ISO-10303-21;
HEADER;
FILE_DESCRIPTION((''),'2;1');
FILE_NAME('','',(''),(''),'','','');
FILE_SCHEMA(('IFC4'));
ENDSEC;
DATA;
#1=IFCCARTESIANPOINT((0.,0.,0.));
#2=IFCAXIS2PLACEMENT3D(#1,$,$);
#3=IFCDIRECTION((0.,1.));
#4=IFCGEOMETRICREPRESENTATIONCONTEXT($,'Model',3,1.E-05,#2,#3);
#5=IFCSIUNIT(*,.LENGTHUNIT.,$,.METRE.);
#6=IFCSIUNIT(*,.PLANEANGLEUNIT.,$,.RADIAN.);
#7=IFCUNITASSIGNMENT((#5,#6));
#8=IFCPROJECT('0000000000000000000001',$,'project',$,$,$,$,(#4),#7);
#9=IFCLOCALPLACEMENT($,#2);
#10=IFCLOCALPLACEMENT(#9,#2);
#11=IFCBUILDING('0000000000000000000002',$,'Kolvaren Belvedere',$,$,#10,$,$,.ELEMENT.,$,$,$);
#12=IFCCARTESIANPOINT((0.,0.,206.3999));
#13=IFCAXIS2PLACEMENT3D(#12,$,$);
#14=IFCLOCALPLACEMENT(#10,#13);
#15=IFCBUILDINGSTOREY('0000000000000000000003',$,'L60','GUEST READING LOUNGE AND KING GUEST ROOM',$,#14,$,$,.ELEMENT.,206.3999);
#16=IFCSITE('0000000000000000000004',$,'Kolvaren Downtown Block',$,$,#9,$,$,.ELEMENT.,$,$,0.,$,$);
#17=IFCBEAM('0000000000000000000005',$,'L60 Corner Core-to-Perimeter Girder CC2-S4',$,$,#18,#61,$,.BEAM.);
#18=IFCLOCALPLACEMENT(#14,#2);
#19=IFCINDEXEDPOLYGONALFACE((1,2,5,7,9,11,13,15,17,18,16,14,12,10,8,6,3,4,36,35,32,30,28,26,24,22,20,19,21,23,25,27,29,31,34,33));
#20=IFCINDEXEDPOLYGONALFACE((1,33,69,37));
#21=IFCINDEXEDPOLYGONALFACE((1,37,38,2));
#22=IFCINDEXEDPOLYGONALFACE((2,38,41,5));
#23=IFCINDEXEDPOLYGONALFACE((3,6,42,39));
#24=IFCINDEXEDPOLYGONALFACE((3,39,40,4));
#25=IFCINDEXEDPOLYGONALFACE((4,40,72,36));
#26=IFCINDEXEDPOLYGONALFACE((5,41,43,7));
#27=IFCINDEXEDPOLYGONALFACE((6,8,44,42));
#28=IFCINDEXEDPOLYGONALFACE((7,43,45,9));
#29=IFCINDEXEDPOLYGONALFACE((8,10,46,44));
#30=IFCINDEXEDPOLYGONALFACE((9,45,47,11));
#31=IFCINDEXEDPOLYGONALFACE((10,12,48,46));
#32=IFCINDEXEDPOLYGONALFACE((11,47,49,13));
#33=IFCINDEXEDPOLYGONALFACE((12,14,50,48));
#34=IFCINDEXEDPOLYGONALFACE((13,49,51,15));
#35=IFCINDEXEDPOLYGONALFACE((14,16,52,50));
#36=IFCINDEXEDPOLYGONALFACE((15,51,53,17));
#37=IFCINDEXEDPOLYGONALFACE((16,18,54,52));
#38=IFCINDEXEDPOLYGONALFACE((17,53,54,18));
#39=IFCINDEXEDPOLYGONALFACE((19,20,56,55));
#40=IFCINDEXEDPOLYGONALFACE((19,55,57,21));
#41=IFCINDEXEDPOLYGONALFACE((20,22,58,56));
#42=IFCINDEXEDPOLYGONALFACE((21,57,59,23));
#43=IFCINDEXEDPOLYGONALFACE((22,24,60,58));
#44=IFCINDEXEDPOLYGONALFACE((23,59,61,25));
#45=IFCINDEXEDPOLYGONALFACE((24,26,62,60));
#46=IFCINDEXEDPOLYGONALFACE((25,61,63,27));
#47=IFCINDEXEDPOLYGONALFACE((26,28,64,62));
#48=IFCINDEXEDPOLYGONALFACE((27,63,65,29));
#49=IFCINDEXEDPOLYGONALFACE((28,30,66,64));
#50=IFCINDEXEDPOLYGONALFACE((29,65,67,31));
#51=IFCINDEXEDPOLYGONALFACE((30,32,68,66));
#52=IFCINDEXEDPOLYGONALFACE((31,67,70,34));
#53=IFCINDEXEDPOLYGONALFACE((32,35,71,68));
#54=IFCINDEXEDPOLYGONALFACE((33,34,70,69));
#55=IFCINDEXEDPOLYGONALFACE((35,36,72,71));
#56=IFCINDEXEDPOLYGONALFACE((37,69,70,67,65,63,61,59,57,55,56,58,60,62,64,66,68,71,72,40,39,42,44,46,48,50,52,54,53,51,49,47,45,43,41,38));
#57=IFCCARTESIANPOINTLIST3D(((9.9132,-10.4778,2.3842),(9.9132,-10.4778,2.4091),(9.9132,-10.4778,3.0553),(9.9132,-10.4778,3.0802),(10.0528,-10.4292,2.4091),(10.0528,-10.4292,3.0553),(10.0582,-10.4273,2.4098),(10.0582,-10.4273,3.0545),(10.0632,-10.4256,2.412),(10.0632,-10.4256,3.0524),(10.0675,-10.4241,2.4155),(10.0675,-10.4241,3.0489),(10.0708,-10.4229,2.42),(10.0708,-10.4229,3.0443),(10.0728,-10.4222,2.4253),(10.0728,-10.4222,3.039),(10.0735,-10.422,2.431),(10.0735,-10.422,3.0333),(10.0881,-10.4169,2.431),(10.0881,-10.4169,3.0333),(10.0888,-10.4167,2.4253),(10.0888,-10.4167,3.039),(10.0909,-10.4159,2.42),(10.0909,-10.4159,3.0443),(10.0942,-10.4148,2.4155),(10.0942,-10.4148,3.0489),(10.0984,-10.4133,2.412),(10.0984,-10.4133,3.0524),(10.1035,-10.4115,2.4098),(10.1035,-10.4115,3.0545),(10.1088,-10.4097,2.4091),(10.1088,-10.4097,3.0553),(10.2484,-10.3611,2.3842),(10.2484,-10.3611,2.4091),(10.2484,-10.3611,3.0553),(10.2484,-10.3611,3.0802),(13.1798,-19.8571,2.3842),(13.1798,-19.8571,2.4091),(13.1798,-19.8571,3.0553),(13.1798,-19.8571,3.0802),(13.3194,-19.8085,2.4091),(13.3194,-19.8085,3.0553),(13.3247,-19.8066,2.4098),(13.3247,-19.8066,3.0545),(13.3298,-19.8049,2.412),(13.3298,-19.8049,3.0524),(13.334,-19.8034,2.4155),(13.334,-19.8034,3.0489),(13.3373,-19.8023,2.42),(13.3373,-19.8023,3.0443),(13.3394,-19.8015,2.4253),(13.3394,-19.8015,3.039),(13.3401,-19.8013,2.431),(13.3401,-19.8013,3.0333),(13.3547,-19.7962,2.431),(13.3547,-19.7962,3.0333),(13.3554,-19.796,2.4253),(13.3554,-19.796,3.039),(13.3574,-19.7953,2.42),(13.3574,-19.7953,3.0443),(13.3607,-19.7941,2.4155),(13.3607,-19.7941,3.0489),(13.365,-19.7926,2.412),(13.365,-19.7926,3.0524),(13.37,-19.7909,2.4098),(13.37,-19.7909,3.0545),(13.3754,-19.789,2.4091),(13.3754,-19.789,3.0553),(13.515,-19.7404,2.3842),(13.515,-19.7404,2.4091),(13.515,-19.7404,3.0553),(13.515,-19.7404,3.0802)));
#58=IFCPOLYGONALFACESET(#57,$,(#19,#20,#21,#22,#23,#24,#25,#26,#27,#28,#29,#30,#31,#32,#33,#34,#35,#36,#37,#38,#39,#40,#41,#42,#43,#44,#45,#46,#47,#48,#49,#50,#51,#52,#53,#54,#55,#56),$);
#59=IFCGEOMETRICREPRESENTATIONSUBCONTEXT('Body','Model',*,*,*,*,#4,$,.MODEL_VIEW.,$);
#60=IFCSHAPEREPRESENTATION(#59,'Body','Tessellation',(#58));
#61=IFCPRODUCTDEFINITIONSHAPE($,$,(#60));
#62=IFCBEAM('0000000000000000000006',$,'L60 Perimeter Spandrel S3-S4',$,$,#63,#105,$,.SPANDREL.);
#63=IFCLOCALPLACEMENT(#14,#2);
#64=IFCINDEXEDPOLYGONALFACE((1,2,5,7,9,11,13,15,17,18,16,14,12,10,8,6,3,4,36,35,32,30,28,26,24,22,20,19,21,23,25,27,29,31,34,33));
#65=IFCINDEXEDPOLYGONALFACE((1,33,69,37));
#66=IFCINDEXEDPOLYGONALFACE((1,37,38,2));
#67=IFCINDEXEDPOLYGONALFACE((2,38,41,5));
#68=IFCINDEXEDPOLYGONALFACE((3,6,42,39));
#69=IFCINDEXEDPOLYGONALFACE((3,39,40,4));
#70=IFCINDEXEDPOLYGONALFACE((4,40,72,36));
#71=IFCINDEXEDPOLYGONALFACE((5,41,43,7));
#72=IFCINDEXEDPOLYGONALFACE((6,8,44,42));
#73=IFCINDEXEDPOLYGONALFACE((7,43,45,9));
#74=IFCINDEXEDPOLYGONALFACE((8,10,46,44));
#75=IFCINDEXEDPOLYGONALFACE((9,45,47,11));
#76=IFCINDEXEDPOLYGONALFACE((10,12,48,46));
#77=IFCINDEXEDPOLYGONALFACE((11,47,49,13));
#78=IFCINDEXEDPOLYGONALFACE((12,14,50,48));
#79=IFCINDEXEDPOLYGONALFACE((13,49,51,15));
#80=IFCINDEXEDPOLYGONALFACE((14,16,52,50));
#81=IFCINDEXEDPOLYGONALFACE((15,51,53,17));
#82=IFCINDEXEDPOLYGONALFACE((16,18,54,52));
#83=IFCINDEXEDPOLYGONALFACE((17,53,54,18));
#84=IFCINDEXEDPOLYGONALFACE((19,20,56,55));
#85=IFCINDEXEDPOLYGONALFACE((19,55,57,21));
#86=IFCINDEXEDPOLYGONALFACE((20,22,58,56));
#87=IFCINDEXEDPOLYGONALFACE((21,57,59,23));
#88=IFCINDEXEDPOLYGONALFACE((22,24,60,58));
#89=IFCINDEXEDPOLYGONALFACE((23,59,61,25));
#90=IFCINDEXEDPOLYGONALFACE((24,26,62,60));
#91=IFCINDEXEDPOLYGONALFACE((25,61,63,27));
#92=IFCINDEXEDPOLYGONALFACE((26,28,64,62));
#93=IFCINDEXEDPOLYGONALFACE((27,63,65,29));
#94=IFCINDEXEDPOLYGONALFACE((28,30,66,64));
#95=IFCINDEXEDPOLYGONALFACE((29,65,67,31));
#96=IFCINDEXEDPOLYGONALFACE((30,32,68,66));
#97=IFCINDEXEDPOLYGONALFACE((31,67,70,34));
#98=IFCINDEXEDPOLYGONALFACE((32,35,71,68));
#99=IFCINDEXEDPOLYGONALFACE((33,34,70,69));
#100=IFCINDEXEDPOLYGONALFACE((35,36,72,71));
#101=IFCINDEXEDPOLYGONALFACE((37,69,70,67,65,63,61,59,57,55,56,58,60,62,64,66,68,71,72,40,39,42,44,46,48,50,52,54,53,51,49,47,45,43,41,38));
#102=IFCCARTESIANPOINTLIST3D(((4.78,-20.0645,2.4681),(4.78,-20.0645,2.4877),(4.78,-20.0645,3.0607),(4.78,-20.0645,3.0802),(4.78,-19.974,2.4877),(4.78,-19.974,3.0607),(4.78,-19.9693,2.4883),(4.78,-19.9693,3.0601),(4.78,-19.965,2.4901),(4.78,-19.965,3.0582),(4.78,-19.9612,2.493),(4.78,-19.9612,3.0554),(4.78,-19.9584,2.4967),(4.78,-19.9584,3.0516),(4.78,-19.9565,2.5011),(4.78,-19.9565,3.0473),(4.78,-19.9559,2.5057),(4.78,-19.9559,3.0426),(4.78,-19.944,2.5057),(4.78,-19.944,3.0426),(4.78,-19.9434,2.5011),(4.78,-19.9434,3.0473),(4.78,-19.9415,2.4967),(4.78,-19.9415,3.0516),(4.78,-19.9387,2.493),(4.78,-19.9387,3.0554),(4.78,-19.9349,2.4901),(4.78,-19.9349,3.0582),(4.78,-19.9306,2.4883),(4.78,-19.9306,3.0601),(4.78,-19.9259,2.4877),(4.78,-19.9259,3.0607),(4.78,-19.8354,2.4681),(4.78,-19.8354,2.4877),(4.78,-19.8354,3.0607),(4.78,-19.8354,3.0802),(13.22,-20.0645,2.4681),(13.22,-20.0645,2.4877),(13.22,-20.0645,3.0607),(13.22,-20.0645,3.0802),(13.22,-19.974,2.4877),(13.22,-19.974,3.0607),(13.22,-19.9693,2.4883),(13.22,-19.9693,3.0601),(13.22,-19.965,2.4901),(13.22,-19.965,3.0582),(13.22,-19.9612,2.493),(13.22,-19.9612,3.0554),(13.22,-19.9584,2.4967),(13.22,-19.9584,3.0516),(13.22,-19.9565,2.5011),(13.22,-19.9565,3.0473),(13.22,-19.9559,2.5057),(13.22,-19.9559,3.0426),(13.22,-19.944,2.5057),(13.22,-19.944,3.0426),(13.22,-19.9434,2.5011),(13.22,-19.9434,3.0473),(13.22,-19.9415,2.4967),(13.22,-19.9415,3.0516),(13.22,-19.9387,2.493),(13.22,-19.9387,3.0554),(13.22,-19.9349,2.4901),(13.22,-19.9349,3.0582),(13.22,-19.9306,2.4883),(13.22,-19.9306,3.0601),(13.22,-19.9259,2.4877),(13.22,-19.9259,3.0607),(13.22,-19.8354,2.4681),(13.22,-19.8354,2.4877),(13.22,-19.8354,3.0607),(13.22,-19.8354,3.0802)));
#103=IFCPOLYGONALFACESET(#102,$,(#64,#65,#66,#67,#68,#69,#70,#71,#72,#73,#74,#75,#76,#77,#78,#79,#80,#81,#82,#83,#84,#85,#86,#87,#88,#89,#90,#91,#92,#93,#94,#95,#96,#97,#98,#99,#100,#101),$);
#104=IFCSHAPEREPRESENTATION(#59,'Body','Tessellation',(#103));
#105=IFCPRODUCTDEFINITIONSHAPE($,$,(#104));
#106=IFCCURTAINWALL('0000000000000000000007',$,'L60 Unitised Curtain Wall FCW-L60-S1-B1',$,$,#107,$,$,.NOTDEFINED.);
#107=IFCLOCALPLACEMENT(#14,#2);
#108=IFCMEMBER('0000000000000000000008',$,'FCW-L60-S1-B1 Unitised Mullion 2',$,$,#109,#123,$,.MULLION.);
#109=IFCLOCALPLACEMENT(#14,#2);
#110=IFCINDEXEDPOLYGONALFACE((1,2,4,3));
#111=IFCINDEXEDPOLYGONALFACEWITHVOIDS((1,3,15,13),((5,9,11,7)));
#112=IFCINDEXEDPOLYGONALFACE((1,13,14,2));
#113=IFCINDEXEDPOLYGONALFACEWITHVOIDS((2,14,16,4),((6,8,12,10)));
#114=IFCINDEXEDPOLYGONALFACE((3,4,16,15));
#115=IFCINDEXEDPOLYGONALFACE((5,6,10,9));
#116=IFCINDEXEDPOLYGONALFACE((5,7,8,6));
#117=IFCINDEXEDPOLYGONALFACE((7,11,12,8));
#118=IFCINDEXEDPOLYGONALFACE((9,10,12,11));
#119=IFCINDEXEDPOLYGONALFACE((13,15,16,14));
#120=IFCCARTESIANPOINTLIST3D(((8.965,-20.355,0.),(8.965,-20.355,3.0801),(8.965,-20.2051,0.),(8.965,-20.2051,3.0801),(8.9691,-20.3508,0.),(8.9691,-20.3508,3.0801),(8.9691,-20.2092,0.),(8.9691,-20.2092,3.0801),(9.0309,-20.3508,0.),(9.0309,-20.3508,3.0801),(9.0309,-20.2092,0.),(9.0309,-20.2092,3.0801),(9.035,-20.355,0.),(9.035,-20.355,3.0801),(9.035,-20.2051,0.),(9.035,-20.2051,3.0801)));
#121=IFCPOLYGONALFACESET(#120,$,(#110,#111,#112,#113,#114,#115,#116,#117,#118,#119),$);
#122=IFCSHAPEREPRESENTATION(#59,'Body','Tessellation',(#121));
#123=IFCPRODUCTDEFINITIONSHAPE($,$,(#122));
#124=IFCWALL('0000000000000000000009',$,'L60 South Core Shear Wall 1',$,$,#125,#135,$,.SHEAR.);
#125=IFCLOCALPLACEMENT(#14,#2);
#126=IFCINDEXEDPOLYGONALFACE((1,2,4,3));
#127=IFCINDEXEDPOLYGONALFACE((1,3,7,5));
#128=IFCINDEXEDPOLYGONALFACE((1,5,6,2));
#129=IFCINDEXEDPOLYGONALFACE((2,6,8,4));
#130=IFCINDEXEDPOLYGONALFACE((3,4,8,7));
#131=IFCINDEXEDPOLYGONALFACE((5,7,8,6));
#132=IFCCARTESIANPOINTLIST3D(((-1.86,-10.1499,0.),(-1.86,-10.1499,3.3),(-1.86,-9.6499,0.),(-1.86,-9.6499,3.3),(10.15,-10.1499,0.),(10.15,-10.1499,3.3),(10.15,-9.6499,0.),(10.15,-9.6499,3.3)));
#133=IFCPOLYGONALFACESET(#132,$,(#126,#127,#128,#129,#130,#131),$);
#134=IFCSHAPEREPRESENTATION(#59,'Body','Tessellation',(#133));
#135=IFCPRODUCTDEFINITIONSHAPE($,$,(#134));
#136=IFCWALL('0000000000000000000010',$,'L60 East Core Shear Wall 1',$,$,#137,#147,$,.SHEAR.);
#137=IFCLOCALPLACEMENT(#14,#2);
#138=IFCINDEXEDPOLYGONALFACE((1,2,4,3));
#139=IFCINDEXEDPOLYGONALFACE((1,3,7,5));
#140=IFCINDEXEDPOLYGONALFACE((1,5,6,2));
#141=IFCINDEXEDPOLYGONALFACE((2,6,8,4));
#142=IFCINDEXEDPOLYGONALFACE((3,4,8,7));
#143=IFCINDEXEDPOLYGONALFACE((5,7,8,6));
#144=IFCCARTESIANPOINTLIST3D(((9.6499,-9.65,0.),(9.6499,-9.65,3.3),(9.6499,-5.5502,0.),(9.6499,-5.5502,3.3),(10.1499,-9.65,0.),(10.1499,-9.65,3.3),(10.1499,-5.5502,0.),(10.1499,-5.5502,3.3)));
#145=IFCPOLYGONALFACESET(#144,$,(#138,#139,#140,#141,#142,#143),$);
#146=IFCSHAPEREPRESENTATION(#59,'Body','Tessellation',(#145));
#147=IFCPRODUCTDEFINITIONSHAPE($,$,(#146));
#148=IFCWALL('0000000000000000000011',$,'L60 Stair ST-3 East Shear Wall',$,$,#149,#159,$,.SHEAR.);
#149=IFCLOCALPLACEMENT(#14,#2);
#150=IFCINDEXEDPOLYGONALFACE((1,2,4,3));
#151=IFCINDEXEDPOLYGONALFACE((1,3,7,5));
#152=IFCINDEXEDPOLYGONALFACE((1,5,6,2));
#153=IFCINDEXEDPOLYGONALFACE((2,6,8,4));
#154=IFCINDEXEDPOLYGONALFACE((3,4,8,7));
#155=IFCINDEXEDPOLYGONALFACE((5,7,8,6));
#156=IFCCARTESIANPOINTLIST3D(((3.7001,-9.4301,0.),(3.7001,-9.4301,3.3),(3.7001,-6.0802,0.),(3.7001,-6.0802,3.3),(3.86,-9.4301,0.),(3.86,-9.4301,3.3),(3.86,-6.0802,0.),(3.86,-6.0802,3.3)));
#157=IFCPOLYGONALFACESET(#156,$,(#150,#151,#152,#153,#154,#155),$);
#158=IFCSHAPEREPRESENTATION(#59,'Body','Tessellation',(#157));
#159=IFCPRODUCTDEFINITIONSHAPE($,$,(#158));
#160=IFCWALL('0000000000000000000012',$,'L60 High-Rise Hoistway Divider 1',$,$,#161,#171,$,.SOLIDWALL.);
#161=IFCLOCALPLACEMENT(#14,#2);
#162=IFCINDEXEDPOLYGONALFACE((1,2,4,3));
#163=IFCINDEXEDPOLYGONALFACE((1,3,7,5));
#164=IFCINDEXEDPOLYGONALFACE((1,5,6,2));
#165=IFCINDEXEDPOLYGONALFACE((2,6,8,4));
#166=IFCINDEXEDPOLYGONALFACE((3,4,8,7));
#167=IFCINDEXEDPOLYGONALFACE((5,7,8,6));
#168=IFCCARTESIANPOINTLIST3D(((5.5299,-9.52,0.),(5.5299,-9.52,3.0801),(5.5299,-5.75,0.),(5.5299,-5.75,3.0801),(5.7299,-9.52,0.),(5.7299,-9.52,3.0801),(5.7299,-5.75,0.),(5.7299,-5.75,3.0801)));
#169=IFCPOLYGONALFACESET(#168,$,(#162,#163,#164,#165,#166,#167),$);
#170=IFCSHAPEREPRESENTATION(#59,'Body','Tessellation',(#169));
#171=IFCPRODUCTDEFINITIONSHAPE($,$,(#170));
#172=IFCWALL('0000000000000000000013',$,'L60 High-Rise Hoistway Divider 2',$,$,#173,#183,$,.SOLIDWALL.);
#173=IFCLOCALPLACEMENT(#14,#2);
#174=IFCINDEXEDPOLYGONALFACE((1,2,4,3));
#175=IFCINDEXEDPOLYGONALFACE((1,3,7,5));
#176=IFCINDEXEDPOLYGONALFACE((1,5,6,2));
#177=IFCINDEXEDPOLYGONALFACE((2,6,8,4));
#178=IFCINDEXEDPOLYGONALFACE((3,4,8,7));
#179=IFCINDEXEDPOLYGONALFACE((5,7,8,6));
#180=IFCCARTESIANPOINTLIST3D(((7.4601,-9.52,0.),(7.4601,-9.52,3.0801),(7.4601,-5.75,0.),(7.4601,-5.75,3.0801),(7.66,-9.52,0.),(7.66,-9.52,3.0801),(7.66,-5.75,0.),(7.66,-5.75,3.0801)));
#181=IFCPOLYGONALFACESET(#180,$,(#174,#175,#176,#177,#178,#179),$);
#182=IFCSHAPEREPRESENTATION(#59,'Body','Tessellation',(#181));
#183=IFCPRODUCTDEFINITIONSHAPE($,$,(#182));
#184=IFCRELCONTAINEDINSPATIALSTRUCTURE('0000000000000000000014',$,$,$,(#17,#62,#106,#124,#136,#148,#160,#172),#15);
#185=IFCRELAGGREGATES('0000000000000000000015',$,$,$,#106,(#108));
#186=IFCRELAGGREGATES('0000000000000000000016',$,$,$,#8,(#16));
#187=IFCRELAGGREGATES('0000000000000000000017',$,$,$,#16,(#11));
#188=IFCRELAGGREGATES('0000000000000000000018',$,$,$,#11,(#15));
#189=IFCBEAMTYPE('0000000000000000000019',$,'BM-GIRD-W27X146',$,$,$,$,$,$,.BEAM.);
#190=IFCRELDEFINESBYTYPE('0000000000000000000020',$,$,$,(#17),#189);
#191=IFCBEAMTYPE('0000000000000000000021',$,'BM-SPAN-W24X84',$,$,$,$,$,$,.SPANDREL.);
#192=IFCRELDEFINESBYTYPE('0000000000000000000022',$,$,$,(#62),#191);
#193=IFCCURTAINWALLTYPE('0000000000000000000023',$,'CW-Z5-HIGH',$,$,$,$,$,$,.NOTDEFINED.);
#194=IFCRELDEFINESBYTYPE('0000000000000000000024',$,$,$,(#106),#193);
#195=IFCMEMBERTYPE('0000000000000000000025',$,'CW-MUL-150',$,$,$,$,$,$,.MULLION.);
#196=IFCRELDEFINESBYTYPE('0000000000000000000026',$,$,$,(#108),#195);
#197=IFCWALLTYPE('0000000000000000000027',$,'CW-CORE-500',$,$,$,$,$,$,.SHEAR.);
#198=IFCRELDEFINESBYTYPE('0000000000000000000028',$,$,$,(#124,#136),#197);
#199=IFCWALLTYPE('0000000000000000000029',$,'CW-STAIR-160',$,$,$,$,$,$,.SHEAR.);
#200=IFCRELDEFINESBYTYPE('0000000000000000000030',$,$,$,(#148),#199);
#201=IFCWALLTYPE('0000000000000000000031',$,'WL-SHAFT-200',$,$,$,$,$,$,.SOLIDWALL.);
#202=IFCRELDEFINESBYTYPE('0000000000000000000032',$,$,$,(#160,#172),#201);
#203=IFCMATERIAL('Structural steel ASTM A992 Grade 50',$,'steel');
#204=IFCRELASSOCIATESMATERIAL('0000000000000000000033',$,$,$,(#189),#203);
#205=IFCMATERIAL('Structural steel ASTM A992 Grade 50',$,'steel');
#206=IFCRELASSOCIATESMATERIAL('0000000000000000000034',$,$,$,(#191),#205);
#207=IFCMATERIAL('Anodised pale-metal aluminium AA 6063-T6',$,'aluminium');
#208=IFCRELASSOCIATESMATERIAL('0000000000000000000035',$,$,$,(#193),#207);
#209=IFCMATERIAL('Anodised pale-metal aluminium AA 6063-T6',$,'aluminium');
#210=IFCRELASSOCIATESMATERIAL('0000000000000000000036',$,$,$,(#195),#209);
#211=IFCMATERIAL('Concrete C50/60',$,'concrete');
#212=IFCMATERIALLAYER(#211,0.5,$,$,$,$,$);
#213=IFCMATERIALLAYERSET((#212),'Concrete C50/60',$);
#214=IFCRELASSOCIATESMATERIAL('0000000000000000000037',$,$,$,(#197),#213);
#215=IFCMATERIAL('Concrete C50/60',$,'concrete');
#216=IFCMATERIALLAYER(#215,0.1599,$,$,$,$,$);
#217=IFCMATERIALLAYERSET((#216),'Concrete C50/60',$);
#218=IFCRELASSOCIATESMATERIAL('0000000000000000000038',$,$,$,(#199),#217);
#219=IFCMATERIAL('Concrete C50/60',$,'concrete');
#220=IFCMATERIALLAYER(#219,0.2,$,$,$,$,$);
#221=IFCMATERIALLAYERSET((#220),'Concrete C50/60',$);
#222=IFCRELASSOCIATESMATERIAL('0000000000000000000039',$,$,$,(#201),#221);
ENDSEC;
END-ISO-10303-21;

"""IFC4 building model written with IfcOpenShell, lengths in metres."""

from ifc_helpers import new_model, si_unit, direction, frame, frame_2d, origin, origin_2d, place, context, subcontext, project, spatial, rectangle, hollow_rectangle, i_section, extrude, material, layer, layer_set, material_profile, profile_set, type_object, element, aggregate, save


model = new_model("IFC4")

# Units and contexts
model_context = context("Model", 3, precision=1e-05, world=origin(), true_north=direction((0.0, 1.0)))
body_context = subcontext(model_context, "Body", "Model", "MODEL_VIEW")
ifc_project = project(units=[si_unit("LENGTHUNIT", "METRE"), si_unit("PLANEANGLEUNIT", "RADIAN")], contexts=[model_context])

# Site, building, storey
site_placement = place(None, origin())
site = spatial("IfcSite", under=ifc_project, at=site_placement, Name="Kolvaren Downtown Block", CompositionType="ELEMENT", RefElevation=0.0)
building_placement = place(site_placement, origin())
building = spatial("IfcBuilding", under=site, at=building_placement, Name="Kolvaren Belvedere", CompositionType="ELEMENT")
storey_placement = place(building_placement, frame((0.0, 0.0, 206.3999)))
storey = spatial("IfcBuildingStorey", under=building, at=storey_placement, Name="L60", Description="GUEST READING LOUNGE AND KING GUEST ROOM", CompositionType="ELEMENT", Elevation=206.3999)

# Beams
ifc_material_1 = material(Name="Structural steel ASTM A992 Grade 50", Category="steel")
ifc_material_profile_1 = material_profile(ifc_material_1, i_section(OverallWidth=0.355, OverallDepth=0.696, WebThickness=0.0154, FlangeThickness=0.0249, FilletRadius=0.022, at=origin_2d()), Name="W27X146")
ifc_profile_set_1 = profile_set([ifc_material_profile_1], Name="Structural steel ASTM A992 Grade 50")
beam_type_1 = type_object("IfcBeamType", Name="BM-GIRD-W27X146", PredefinedType="BEAM", material=ifc_profile_set_1)
beam_1_placement = place(storey_placement, frame((10.0808, -10.4194, 2.7322), z_axis=(0.328898, -0.944365, 0.0), x_axis=(0.944365, 0.328898, 0.0)))
element("IfcBeam", 1, at=beam_1_placement, inside=storey, type_object=beam_type_1, Name="L60 Corner Core-to-Perimeter Girder CC2-S4", PredefinedType="BEAM", context=body_context, shape_type="SweptSolid", body=[
    extrude(i_section(OverallWidth=0.355, OverallDepth=0.696, WebThickness=0.0154, FlangeThickness=0.0249, FilletRadius=0.022, at=origin_2d()), origin(), (0.0, 0.0, 1.0), 9.9319),
])
ifc_material_2 = material(Name="Structural steel ASTM A992 Grade 50", Category="steel")
ifc_material_profile_2 = material_profile(ifc_material_2, i_section(OverallWidth=0.229, OverallDepth=0.6121, WebThickness=0.012, FlangeThickness=0.0195, FilletRadius=0.0181, at=origin_2d()), Name="W24X84")
ifc_profile_set_2 = profile_set([ifc_material_profile_2], Name="Structural steel ASTM A992 Grade 50")
beam_type_2 = type_object("IfcBeamType", Name="BM-SPAN-W24X84", PredefinedType="SPANDREL", material=ifc_profile_set_2)
beam_2_placement = place(storey_placement, frame((4.78, -19.95, 2.7742), z_axis=(1.0, 0.0, 0.0), x_axis=(0.0, 1.0, 0.0)))
element("IfcBeam", 2, at=beam_2_placement, inside=storey, type_object=beam_type_2, Name="L60 Perimeter Spandrel S3-S4", PredefinedType="SPANDREL", context=body_context, shape_type="SweptSolid", body=[
    extrude(i_section(OverallWidth=0.229, OverallDepth=0.6121, WebThickness=0.012, FlangeThickness=0.0195, FilletRadius=0.0181, at=origin_2d()), origin(), (0.0, 0.0, 1.0), 8.4399),
])

# Curtain wall, member
ifc_material_3 = material(Name="Anodised pale-metal aluminium AA 6063-T6", Category="aluminium")
curtain_wall_type = type_object("IfcCurtainWallType", Name="CW-Z5-HIGH", PredefinedType="NOTDEFINED", material=ifc_material_3)
curtain_wall_placement = place(storey_placement, origin())
curtain_wall = element("IfcCurtainWall", 3, at=curtain_wall_placement, inside=storey, type_object=curtain_wall_type, Name="L60 Unitised Curtain Wall FCW-L60-S1-B1", PredefinedType="NOTDEFINED")
ifc_material_4 = material(Name="Anodised pale-metal aluminium AA 6063-T6", Category="aluminium")
ifc_material_profile_3 = material_profile(ifc_material_4, hollow_rectangle(XDim=0.0701, YDim=0.1499, WallThickness=0.0042, at=origin_2d()), Name="ALU-MUL-150X70")
ifc_profile_set_3 = profile_set([ifc_material_profile_3], Name="Anodised pale-metal aluminium AA 6063-T6")
member_type = type_object("IfcMemberType", Name="CW-MUL-150", PredefinedType="MULLION", material=ifc_profile_set_3)
member_placement = place(storey_placement, frame((9.0, -20.28, 0.0), z_axis=(0.0, 0.0, 1.0), x_axis=(1.0, 0.0, 0.0)))
member = element("IfcMember", 4, at=member_placement, type_object=member_type, Name="FCW-L60-S1-B1 Unitised Mullion 2", PredefinedType="MULLION", context=body_context, shape_type="SweptSolid", body=[
    extrude(hollow_rectangle(XDim=0.0701, YDim=0.1499, WallThickness=0.0042, at=origin_2d()), origin(), (0.0, 0.0, 1.0), 3.0801),
])
aggregate(curtain_wall, [member])

# Walls
ifc_material_5 = material(Name="Concrete C50/60", Category="concrete")
ifc_layer_1 = layer(ifc_material_5, 0.5)
ifc_layer_set_1 = layer_set([ifc_layer_1], Name="Concrete C50/60")
wall_type_1 = type_object("IfcWallType", Name="CW-CORE-500", PredefinedType="SHEAR", material=ifc_layer_set_1)
wall_1_placement = place(storey_placement, frame((10.1499, -9.8999, 0.0), z_axis=(0.0, 0.0, 1.0), x_axis=(-1.0, 0.0, 0.0)))
element("IfcWall", 5, at=wall_1_placement, inside=storey, type_object=wall_type_1, Name="L60 South Core Shear Wall 1", PredefinedType="SHEAR", context=body_context, shape_type="SweptSolid", body=[
    extrude(rectangle(XDim=12.01, YDim=0.5, at=frame_2d((6.0049, 0.0))), origin(), (0.0, 0.0, 1.0), 3.3),
])
wall_2_placement = place(storey_placement, frame((9.8999, -9.6499, 0.0), z_axis=(0.0, 0.0, 1.0), x_axis=(0.0, 1.0, 0.0)))
element("IfcWall", 6, at=wall_2_placement, inside=storey, type_object=wall_type_1, Name="L60 East Core Shear Wall 1", PredefinedType="SHEAR", context=body_context, shape_type="SweptSolid", body=[
    extrude(rectangle(XDim=4.0999, YDim=0.5, at=frame_2d((2.0498, 0.0))), origin(), (0.0, 0.0, 1.0), 3.3),
])
ifc_material_6 = material(Name="Concrete C50/60", Category="concrete")
ifc_layer_2 = layer(ifc_material_6, 0.1599)
ifc_layer_set_2 = layer_set([ifc_layer_2], Name="Concrete C50/60")
wall_type_2 = type_object("IfcWallType", Name="CW-STAIR-160", PredefinedType="SHEAR", material=ifc_layer_set_2)
wall_3_placement = place(storey_placement, frame((3.78, -9.4299, 0.0), z_axis=(0.0, 0.0, 1.0), x_axis=(0.0, 1.0, 0.0)))
element("IfcWall", 7, at=wall_3_placement, inside=storey, type_object=wall_type_2, Name="L60 Stair ST-3 East Shear Wall", PredefinedType="SHEAR", context=body_context, shape_type="SweptSolid", body=[
    extrude(rectangle(XDim=3.3499, YDim=0.1599, at=frame_2d((1.6748, 0.0))), origin(), (0.0, 0.0, 1.0), 3.3),
])
ifc_material_7 = material(Name="Concrete C50/60", Category="concrete")
ifc_layer_3 = layer(ifc_material_7, 0.2)
ifc_layer_set_3 = layer_set([ifc_layer_3], Name="Concrete C50/60")
wall_type_3 = type_object("IfcWallType", Name="WL-SHAFT-200", PredefinedType="SOLIDWALL", material=ifc_layer_set_3)
for number, where, z_axis, x_axis, name in (
    (8, (5.6299, -9.52, 0.0), (0.0, 0.0, 1.0), (0.0, 1.0, 0.0), "L60 High-Rise Hoistway Divider 1"),
    (9, (7.5601, -9.52, 0.0), (0.0, 0.0, 1.0), (0.0, 1.0, 0.0), "L60 High-Rise Hoistway Divider 2"),
):
    element("IfcWall", number, at=place(storey_placement, frame(where, z_axis=z_axis, x_axis=x_axis)), inside=storey, type_object=wall_type_3, Name=name, PredefinedType="SOLIDWALL", context=body_context, shape_type="SweptSolid", body=[
        extrude(rectangle(XDim=3.77, YDim=0.2, at=frame_2d((1.885, 0.0))), origin(), (0.0, 0.0, 1.0), 3.0801),
    ])

save(model, "model.ifc")
